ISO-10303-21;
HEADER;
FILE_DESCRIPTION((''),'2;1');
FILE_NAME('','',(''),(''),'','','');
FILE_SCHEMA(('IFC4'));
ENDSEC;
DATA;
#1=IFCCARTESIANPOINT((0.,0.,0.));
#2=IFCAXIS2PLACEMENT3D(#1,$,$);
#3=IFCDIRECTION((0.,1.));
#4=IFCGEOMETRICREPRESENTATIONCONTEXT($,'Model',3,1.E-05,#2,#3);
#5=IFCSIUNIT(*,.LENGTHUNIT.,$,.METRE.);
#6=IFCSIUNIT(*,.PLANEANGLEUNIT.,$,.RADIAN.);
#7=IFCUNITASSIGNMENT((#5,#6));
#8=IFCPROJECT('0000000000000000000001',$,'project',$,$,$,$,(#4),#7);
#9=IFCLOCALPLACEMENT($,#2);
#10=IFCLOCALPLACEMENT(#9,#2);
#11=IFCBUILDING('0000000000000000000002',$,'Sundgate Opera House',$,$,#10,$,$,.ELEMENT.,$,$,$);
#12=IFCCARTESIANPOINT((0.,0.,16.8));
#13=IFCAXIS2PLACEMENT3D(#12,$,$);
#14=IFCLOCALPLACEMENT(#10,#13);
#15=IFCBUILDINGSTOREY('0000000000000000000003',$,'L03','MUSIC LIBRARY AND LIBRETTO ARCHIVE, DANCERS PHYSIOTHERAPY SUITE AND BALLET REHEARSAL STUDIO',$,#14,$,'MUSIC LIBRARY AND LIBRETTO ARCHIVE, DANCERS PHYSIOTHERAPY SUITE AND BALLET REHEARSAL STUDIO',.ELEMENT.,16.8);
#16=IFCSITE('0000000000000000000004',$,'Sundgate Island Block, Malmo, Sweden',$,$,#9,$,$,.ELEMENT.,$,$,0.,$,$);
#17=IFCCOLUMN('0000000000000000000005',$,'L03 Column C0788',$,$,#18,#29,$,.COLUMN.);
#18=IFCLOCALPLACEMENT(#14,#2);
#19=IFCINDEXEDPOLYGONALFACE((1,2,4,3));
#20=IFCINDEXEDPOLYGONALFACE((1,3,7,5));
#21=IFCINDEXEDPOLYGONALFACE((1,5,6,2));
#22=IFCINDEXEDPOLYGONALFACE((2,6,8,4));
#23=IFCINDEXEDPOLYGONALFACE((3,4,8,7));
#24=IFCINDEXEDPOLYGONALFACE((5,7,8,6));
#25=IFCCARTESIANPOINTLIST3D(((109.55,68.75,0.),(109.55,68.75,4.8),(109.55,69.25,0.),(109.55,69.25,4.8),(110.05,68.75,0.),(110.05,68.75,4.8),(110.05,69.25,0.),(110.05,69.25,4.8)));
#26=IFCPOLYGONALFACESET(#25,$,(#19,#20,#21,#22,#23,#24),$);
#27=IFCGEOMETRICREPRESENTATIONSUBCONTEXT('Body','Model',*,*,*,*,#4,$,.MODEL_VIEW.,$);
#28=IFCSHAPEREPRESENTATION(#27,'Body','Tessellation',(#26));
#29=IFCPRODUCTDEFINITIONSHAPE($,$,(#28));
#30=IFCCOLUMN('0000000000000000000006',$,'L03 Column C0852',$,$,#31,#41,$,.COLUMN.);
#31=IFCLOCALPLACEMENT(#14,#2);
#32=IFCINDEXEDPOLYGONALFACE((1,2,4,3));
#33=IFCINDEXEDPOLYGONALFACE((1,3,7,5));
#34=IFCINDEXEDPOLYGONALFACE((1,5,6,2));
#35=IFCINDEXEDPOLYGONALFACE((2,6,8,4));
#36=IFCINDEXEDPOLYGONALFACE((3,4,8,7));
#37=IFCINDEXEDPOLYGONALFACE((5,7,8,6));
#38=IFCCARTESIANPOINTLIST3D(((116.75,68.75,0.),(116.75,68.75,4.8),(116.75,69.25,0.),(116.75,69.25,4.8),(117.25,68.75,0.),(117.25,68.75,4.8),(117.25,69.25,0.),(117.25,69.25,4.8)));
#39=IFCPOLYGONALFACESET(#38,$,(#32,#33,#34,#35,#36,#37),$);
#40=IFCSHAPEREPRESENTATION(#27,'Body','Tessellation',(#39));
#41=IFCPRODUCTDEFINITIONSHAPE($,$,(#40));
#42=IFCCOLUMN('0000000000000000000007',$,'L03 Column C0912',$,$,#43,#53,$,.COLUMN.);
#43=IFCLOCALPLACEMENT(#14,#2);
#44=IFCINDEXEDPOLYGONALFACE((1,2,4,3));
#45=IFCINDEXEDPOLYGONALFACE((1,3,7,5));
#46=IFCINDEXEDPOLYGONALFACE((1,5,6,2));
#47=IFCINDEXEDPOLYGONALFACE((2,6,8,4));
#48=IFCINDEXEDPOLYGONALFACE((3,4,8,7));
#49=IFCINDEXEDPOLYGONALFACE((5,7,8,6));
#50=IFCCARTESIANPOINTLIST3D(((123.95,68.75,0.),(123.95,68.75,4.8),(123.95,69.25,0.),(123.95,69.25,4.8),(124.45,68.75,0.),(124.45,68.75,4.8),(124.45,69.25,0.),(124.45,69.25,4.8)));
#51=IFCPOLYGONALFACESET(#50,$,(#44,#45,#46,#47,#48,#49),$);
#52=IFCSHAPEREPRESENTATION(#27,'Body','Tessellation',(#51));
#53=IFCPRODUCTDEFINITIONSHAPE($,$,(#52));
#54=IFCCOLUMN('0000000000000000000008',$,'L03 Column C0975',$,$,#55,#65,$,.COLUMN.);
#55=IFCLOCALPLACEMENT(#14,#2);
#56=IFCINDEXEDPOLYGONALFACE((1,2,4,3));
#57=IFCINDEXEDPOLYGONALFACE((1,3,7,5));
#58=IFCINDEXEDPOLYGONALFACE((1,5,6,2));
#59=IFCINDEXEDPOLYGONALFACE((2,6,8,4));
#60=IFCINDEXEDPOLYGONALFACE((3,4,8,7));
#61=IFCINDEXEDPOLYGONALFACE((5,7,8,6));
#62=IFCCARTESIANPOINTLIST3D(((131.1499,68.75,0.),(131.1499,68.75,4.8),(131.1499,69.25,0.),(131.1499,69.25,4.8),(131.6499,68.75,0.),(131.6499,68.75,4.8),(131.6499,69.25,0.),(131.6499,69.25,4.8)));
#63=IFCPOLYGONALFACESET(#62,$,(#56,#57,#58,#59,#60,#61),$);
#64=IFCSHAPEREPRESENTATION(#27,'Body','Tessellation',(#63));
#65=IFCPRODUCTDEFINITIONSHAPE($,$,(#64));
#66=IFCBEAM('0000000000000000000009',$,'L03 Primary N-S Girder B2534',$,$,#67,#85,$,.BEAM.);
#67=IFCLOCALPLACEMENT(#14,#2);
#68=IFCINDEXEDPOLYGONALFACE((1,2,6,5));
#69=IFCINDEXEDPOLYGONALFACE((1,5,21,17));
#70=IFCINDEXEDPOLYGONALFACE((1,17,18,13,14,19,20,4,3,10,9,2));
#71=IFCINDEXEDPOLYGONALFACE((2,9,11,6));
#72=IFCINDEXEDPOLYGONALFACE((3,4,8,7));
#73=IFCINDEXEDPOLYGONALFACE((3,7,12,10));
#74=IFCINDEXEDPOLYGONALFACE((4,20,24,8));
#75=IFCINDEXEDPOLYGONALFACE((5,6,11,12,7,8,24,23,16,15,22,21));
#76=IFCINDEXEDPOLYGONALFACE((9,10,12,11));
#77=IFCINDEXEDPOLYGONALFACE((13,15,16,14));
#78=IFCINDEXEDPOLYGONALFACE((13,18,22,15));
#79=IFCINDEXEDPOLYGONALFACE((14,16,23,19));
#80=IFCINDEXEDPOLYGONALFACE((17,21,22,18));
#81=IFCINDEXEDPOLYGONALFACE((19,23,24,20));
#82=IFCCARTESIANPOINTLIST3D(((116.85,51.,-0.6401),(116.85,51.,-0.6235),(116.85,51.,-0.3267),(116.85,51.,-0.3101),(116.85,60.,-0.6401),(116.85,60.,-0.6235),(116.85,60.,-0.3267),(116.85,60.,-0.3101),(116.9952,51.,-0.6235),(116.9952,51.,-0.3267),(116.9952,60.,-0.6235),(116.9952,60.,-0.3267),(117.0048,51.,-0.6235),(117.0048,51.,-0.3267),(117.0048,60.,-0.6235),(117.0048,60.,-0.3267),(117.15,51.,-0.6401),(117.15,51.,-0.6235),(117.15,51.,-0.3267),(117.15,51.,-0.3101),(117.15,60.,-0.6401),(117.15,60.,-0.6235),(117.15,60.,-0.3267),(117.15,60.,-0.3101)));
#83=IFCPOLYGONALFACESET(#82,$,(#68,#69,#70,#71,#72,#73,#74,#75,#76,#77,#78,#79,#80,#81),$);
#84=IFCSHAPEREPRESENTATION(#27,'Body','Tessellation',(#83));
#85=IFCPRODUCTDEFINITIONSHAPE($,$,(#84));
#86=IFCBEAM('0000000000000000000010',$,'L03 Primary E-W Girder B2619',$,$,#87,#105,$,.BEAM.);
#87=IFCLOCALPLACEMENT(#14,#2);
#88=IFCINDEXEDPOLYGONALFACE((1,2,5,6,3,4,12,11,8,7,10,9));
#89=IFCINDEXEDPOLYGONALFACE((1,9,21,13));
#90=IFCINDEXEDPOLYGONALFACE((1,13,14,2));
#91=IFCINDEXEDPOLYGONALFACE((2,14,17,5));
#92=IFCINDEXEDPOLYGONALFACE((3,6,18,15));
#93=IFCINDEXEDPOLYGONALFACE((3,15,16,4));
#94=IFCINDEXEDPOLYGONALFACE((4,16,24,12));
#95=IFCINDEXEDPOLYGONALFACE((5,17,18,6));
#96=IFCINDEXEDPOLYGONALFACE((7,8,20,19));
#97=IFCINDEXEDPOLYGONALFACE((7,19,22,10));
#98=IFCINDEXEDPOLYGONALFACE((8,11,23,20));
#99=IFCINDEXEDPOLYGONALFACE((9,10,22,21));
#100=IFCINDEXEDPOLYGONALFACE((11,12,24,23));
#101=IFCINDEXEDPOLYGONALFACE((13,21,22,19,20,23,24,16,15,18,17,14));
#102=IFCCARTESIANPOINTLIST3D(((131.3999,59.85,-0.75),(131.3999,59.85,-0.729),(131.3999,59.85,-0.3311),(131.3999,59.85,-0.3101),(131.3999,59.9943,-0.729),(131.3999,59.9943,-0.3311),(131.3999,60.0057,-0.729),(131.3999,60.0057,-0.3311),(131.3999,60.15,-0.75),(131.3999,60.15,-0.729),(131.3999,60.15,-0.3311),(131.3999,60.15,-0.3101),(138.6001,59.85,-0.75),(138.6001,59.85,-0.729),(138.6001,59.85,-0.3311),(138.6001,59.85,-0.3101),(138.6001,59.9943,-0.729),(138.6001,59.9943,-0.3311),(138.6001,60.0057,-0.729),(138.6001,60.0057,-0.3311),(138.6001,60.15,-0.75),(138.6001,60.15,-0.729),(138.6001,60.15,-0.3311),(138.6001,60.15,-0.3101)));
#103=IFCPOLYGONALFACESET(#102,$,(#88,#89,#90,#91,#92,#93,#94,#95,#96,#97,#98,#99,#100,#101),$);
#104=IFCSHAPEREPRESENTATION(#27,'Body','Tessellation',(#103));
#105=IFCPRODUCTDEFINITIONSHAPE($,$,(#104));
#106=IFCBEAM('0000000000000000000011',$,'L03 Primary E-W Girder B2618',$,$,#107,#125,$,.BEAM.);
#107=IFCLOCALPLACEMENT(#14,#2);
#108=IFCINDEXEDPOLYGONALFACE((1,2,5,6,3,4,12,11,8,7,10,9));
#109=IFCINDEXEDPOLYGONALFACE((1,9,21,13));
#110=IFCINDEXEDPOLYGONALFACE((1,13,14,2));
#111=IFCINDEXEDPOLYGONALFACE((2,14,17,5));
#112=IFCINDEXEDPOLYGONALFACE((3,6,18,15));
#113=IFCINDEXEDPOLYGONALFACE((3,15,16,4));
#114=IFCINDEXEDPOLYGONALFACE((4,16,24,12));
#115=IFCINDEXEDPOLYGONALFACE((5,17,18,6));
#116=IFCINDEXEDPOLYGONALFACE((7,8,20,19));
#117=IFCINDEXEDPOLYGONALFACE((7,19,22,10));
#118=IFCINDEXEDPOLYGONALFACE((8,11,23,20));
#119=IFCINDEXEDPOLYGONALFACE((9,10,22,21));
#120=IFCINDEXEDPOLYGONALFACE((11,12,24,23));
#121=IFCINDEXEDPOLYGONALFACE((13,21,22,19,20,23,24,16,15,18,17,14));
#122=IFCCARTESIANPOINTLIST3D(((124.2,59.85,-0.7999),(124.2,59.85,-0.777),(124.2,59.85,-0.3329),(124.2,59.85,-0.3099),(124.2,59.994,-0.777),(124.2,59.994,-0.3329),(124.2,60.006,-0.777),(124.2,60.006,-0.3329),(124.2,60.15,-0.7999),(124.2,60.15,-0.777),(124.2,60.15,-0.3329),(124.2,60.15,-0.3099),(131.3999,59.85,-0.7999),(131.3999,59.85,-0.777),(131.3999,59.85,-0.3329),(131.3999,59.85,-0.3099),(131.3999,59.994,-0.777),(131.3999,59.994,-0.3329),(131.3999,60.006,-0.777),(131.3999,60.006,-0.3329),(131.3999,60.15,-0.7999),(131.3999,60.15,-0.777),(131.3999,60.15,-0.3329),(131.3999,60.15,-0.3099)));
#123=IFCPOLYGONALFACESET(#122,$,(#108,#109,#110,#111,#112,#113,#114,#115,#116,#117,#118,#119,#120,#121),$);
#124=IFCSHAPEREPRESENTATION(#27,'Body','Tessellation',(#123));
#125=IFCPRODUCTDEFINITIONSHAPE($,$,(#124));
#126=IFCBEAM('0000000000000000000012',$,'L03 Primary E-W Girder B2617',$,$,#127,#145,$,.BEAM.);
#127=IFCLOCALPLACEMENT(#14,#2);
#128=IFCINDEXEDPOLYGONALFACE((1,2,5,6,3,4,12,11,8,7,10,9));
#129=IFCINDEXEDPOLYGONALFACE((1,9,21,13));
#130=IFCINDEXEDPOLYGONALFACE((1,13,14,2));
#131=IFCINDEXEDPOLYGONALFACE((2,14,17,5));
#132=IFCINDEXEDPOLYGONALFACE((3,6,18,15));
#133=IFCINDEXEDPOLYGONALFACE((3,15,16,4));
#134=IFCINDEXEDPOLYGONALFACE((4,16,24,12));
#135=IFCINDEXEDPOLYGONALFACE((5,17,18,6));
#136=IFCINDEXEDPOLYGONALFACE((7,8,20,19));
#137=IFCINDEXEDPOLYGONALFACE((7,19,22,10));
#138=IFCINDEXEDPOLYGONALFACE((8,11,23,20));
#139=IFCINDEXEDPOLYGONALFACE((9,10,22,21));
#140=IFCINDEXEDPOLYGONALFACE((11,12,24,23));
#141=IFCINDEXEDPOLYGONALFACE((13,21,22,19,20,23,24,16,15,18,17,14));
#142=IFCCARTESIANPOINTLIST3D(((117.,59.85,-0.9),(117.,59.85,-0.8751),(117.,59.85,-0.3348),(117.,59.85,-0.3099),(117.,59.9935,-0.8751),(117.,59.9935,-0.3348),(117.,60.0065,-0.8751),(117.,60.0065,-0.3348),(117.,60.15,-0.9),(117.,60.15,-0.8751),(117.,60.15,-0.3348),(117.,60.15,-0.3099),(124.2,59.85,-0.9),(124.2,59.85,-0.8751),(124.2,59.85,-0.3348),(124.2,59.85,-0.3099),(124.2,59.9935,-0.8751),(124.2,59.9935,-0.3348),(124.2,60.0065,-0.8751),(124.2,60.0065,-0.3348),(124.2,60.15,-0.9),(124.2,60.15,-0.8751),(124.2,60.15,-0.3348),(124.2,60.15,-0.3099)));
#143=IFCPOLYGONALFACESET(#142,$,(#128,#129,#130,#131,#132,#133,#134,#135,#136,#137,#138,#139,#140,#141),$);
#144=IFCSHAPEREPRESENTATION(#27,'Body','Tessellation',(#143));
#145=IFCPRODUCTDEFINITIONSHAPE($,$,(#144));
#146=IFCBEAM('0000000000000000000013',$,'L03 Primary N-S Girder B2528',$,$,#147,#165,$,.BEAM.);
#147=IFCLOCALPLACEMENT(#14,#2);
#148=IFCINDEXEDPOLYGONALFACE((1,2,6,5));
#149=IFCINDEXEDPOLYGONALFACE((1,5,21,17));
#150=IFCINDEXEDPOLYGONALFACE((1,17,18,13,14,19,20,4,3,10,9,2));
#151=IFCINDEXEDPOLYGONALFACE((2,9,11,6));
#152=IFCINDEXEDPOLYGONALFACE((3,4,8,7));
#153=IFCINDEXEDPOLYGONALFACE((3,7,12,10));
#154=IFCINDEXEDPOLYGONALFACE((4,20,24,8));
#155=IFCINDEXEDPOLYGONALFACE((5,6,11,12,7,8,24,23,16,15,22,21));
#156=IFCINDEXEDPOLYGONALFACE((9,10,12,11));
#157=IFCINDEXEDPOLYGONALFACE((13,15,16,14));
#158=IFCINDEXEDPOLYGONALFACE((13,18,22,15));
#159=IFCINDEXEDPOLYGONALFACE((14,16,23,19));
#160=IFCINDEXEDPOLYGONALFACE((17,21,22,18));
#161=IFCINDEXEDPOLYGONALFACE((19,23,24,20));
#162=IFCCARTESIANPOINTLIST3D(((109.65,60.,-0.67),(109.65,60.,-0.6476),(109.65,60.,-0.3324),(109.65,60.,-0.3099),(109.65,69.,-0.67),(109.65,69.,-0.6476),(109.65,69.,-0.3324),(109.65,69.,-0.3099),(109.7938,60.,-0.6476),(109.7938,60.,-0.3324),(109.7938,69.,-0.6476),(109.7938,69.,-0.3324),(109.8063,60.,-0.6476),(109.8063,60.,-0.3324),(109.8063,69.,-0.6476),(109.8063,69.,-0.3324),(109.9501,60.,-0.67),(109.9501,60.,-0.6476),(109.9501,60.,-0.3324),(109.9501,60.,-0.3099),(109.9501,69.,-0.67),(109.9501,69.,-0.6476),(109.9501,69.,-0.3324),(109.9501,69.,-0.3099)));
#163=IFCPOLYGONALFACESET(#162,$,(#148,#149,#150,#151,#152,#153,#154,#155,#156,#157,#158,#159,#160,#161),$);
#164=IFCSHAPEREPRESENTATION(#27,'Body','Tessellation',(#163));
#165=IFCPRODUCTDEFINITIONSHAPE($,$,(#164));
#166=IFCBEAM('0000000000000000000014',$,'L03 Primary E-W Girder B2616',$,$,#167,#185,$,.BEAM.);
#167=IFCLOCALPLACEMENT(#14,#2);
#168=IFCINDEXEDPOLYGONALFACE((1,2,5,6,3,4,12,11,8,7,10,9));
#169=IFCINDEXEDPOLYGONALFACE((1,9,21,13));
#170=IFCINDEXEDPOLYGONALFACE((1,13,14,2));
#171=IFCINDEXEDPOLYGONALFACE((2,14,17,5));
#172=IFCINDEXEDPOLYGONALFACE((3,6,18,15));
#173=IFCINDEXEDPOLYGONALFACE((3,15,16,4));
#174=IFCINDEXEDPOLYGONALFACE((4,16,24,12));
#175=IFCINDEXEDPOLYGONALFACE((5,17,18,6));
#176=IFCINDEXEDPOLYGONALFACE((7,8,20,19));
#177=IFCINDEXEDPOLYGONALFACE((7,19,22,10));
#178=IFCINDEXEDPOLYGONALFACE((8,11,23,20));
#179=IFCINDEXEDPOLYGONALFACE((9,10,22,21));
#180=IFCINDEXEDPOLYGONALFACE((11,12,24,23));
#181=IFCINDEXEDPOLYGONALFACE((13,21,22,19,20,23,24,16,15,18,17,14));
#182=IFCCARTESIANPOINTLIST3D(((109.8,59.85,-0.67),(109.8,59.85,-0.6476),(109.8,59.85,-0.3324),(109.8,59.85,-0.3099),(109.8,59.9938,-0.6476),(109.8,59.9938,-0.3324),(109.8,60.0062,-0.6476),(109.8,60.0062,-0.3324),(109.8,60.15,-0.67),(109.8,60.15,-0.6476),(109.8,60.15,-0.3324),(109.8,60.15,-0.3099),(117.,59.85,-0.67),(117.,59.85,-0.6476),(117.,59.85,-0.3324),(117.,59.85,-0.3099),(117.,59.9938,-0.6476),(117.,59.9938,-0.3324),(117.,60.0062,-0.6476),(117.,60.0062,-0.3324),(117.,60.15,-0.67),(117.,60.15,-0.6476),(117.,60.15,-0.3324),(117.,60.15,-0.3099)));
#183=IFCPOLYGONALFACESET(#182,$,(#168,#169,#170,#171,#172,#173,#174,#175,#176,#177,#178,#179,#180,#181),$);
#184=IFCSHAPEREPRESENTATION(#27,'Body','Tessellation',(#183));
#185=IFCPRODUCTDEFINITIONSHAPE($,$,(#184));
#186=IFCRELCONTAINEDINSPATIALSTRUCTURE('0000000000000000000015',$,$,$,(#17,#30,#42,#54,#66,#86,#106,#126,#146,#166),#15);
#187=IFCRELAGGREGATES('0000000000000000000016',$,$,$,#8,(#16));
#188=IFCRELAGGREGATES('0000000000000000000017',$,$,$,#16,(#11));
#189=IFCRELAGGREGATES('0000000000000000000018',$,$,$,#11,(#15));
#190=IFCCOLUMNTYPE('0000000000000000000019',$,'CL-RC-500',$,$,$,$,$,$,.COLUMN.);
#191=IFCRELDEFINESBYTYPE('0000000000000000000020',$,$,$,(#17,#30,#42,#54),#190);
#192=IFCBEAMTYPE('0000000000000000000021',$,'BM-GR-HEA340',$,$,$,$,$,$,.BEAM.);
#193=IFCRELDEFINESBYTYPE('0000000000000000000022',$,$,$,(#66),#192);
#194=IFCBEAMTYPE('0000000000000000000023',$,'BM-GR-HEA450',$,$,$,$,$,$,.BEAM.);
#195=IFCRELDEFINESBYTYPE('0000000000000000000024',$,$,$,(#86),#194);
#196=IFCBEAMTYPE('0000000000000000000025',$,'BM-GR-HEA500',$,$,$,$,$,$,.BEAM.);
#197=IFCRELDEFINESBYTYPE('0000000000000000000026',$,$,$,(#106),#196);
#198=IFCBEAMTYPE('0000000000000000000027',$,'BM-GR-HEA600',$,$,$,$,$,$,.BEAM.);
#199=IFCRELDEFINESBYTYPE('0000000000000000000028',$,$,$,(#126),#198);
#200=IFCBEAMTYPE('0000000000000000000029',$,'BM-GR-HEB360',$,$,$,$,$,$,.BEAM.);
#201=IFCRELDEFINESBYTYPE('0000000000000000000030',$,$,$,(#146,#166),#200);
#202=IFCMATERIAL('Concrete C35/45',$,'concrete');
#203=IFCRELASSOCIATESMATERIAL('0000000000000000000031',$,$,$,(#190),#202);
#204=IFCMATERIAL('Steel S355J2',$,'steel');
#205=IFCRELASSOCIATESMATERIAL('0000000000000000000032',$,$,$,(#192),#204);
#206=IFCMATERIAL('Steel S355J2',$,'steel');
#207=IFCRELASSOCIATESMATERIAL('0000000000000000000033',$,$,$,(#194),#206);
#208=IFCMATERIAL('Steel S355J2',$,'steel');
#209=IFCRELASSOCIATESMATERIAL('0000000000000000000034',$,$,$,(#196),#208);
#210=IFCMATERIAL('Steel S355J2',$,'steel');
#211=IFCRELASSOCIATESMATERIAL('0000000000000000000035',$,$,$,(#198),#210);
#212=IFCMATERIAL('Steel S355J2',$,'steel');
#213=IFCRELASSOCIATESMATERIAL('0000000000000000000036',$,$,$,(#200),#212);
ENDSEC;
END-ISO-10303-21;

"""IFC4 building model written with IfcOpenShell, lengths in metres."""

from ifc_helpers import new_model, si_unit, direction, frame, origin, origin_2d, place, context, subcontext, project, spatial, rectangle, i_section, extrude, material, material_profile, profile_set, type_object, element, save


model = new_model("IFC4")

# Units and contexts
model_context = context("Model", 3, precision=1e-05, world=origin(), true_north=direction((0.0, 1.0)))
body_context = subcontext(model_context, "Body", "Model", "MODEL_VIEW")
ifc_project = project(units=[si_unit("LENGTHUNIT", "METRE"), si_unit("PLANEANGLEUNIT", "RADIAN")], contexts=[model_context])

# Site, building, storey
site_placement = place(None, origin())
site = spatial("IfcSite", under=ifc_project, at=site_placement, Name="Sundgate Island Block, Malmo, Sweden", CompositionType="ELEMENT", RefElevation=0.0)
building_placement = place(site_placement, origin())
building = spatial("IfcBuilding", under=site, at=building_placement, Name="Sundgate Opera House", CompositionType="ELEMENT")
storey_placement = place(building_placement, frame((0.0, 0.0, 16.8)))
storey = spatial("IfcBuildingStorey", under=building, at=storey_placement, Name="L03", Description="MUSIC LIBRARY AND LIBRETTO ARCHIVE, DANCERS PHYSIOTHERAPY SUITE AND BALLET REHEARSAL STUDIO", LongName="MUSIC LIBRARY AND LIBRETTO ARCHIVE, DANCERS PHYSIOTHERAPY SUITE AND BALLET REHEARSAL STUDIO", CompositionType="ELEMENT", Elevation=16.8)

# Columns
ifc_material_1 = material(Name="Concrete C35/45", Category="concrete")
ifc_material_profile_1 = material_profile(ifc_material_1, rectangle(XDim=0.5, YDim=0.5, at=origin_2d()), Name="RC 500x500")
ifc_profile_set_1 = profile_set([ifc_material_profile_1], Name="Concrete C35/45")
column_type = type_object("IfcColumnType", Name="CL-RC-500", PredefinedType="COLUMN", material=ifc_profile_set_1)
for number, where, z_axis, x_axis, name in (
    (1, (109.8, 69.0, 0.0), (0.0, 0.0, 1.0), (1.0, 0.0, 0.0), "L03 Column C0788"),
    (2, (117.0, 69.0, 0.0), (0.0, 0.0, 1.0), (1.0, 0.0, 0.0), "L03 Column C0852"),
    (3, (124.2, 69.0, 0.0), (0.0, 0.0, 1.0), (1.0, 0.0, 0.0), "L03 Column C0912"),
    (4, (131.3999, 69.0, 0.0), (0.0, 0.0, 1.0), (1.0, 0.0, 0.0), "L03 Column C0975"),
):
    element("IfcColumn", number, at=place(storey_placement, frame(where, z_axis=z_axis, x_axis=x_axis)), inside=storey, type_object=column_type, Name=name, PredefinedType="COLUMN", context=body_context, shape_type="SweptSolid", body=[
        extrude(rectangle(XDim=0.5, YDim=0.5, at=origin_2d()), origin(), (0.0, 0.0, 1.0), 4.8),
    ])

# Beams
ifc_material_2 = material(Name="Steel S355J2", Category="steel")
ifc_material_profile_2 = material_profile(ifc_material_2, i_section(OverallWidth=0.3, OverallDepth=0.3301, WebThickness=0.0095, FlangeThickness=0.0166, at=origin_2d()), Name="HEA 340")
ifc_profile_set_2 = profile_set([ifc_material_profile_2], Name="Steel S355J2")
beam_type_1 = type_object("IfcBeamType", Name="BM-GR-HEA340", PredefinedType="BEAM", material=ifc_profile_set_2)
beam_1_placement = place(storey_placement, frame((117.0, 51.0, -0.4751), z_axis=(0.0, 1.0, 0.0), x_axis=(-1.0, 0.0, 0.0)))
element("IfcBeam", 5, at=beam_1_placement, inside=storey, type_object=beam_type_1, Name="L03 Primary N-S Girder B2534", PredefinedType="BEAM", context=body_context, shape_type="SweptSolid", body=[
    extrude(i_section(OverallWidth=0.3, OverallDepth=0.3301, WebThickness=0.0095, FlangeThickness=0.0166, at=origin_2d()), origin(), (0.0, 0.0, 1.0), 9.0),
])
ifc_material_3 = material(Name="Steel S355J2", Category="steel")
ifc_material_profile_3 = material_profile(ifc_material_3, i_section(OverallWidth=0.3, OverallDepth=0.4399, WebThickness=0.0115, FlangeThickness=0.021, at=origin_2d()), Name="HEA 450")
ifc_profile_set_3 = profile_set([ifc_material_profile_3], Name="Steel S355J2")
beam_type_2 = type_object("IfcBeamType", Name="BM-GR-HEA450", PredefinedType="BEAM", material=ifc_profile_set_3)
beam_2_placement = place(storey_placement, frame((131.3999, 60.0, -0.53), z_axis=(1.0, 0.0, 0.0), x_axis=(0.0, 1.0, 0.0)))
element("IfcBeam", 6, at=beam_2_placement, inside=storey, type_object=beam_type_2, Name="L03 Primary E-W Girder B2619", PredefinedType="BEAM", context=body_context, shape_type="SweptSolid", body=[
    extrude(i_section(OverallWidth=0.3, OverallDepth=0.4399, WebThickness=0.0115, FlangeThickness=0.021, at=origin_2d()), origin(), (0.0, 0.0, 1.0), 7.2002),
])
ifc_material_4 = material(Name="Steel S355J2", Category="steel")
ifc_material_profile_4 = material_profile(ifc_material_4, i_section(OverallWidth=0.3, OverallDepth=0.49, WebThickness=0.012, FlangeThickness=0.0229, at=origin_2d()), Name="HEA 500")
ifc_profile_set_4 = profile_set([ifc_material_profile_4], Name="Steel S355J2")
beam_type_3 = type_object("IfcBeamType", Name="BM-GR-HEA500", PredefinedType="BEAM", material=ifc_profile_set_4)
beam_3_placement = place(storey_placement, frame((124.2, 60.0, -0.5549), z_axis=(1.0, 0.0, 0.0), x_axis=(0.0, 1.0, 0.0)))
element("IfcBeam", 7, at=beam_3_placement, inside=storey, type_object=beam_type_3, Name="L03 Primary E-W Girder B2618", PredefinedType="BEAM", context=body_context, shape_type="SweptSolid", body=[
    extrude(i_section(OverallWidth=0.3, OverallDepth=0.49, WebThickness=0.012, FlangeThickness=0.0229, at=origin_2d()), origin(), (0.0, 0.0, 1.0), 7.2),
])
ifc_material_5 = material(Name="Steel S355J2", Category="steel")
ifc_material_profile_5 = material_profile(ifc_material_5, i_section(OverallWidth=0.3, OverallDepth=0.5901, WebThickness=0.0129, FlangeThickness=0.0249, at=origin_2d()), Name="HEA 600")
ifc_profile_set_5 = profile_set([ifc_material_profile_5], Name="Steel S355J2")
beam_type_4 = type_object("IfcBeamType", Name="BM-GR-HEA600", PredefinedType="BEAM", material=ifc_profile_set_5)
beam_4_placement = place(storey_placement, frame((117.0, 60.0, -0.605), z_axis=(1.0, 0.0, 0.0), x_axis=(0.0, 1.0, 0.0)))
element("IfcBeam", 8, at=beam_4_placement, inside=storey, type_object=beam_type_4, Name="L03 Primary E-W Girder B2617", PredefinedType="BEAM", context=body_context, shape_type="SweptSolid", body=[
    extrude(i_section(OverallWidth=0.3, OverallDepth=0.5901, WebThickness=0.0129, FlangeThickness=0.0249, at=origin_2d()), origin(), (0.0, 0.0, 1.0), 7.2),
])
ifc_material_6 = material(Name="Steel S355J2", Category="steel")
ifc_material_profile_6 = material_profile(ifc_material_6, i_section(OverallWidth=0.3, OverallDepth=0.3601, WebThickness=0.0125, FlangeThickness=0.0225, at=origin_2d()), Name="HEB 360")
ifc_profile_set_6 = profile_set([ifc_material_profile_6], Name="Steel S355J2")
beam_type_5 = type_object("IfcBeamType", Name="BM-GR-HEB360", PredefinedType="BEAM", material=ifc_profile_set_6)
beam_5_placement = place(storey_placement, frame((109.8, 60.0, -0.49), z_axis=(0.0, 1.0, 0.0), x_axis=(-1.0, 0.0, 0.0)))
element("IfcBeam", 9, at=beam_5_placement, inside=storey, type_object=beam_type_5, Name="L03 Primary N-S Girder B2528", PredefinedType="BEAM", context=body_context, shape_type="SweptSolid", body=[
    extrude(i_section(OverallWidth=0.3, OverallDepth=0.3601, WebThickness=0.0125, FlangeThickness=0.0225, at=origin_2d()), origin(), (0.0, 0.0, 1.0), 9.0),
])
beam_6_placement = place(storey_placement, frame((109.8, 60.0, -0.49), z_axis=(1.0, 0.0, 0.0), x_axis=(0.0, 1.0, 0.0)))
element("IfcBeam", 10, at=beam_6_placement, inside=storey, type_object=beam_type_5, Name="L03 Primary E-W Girder B2616", PredefinedType="BEAM", context=body_context, shape_type="SweptSolid", body=[
    extrude(i_section(OverallWidth=0.3, OverallDepth=0.3601, WebThickness=0.0125, FlangeThickness=0.0225, at=origin_2d()), origin(), (0.0, 0.0, 1.0), 7.2),
])

save(model, "model.ifc")
